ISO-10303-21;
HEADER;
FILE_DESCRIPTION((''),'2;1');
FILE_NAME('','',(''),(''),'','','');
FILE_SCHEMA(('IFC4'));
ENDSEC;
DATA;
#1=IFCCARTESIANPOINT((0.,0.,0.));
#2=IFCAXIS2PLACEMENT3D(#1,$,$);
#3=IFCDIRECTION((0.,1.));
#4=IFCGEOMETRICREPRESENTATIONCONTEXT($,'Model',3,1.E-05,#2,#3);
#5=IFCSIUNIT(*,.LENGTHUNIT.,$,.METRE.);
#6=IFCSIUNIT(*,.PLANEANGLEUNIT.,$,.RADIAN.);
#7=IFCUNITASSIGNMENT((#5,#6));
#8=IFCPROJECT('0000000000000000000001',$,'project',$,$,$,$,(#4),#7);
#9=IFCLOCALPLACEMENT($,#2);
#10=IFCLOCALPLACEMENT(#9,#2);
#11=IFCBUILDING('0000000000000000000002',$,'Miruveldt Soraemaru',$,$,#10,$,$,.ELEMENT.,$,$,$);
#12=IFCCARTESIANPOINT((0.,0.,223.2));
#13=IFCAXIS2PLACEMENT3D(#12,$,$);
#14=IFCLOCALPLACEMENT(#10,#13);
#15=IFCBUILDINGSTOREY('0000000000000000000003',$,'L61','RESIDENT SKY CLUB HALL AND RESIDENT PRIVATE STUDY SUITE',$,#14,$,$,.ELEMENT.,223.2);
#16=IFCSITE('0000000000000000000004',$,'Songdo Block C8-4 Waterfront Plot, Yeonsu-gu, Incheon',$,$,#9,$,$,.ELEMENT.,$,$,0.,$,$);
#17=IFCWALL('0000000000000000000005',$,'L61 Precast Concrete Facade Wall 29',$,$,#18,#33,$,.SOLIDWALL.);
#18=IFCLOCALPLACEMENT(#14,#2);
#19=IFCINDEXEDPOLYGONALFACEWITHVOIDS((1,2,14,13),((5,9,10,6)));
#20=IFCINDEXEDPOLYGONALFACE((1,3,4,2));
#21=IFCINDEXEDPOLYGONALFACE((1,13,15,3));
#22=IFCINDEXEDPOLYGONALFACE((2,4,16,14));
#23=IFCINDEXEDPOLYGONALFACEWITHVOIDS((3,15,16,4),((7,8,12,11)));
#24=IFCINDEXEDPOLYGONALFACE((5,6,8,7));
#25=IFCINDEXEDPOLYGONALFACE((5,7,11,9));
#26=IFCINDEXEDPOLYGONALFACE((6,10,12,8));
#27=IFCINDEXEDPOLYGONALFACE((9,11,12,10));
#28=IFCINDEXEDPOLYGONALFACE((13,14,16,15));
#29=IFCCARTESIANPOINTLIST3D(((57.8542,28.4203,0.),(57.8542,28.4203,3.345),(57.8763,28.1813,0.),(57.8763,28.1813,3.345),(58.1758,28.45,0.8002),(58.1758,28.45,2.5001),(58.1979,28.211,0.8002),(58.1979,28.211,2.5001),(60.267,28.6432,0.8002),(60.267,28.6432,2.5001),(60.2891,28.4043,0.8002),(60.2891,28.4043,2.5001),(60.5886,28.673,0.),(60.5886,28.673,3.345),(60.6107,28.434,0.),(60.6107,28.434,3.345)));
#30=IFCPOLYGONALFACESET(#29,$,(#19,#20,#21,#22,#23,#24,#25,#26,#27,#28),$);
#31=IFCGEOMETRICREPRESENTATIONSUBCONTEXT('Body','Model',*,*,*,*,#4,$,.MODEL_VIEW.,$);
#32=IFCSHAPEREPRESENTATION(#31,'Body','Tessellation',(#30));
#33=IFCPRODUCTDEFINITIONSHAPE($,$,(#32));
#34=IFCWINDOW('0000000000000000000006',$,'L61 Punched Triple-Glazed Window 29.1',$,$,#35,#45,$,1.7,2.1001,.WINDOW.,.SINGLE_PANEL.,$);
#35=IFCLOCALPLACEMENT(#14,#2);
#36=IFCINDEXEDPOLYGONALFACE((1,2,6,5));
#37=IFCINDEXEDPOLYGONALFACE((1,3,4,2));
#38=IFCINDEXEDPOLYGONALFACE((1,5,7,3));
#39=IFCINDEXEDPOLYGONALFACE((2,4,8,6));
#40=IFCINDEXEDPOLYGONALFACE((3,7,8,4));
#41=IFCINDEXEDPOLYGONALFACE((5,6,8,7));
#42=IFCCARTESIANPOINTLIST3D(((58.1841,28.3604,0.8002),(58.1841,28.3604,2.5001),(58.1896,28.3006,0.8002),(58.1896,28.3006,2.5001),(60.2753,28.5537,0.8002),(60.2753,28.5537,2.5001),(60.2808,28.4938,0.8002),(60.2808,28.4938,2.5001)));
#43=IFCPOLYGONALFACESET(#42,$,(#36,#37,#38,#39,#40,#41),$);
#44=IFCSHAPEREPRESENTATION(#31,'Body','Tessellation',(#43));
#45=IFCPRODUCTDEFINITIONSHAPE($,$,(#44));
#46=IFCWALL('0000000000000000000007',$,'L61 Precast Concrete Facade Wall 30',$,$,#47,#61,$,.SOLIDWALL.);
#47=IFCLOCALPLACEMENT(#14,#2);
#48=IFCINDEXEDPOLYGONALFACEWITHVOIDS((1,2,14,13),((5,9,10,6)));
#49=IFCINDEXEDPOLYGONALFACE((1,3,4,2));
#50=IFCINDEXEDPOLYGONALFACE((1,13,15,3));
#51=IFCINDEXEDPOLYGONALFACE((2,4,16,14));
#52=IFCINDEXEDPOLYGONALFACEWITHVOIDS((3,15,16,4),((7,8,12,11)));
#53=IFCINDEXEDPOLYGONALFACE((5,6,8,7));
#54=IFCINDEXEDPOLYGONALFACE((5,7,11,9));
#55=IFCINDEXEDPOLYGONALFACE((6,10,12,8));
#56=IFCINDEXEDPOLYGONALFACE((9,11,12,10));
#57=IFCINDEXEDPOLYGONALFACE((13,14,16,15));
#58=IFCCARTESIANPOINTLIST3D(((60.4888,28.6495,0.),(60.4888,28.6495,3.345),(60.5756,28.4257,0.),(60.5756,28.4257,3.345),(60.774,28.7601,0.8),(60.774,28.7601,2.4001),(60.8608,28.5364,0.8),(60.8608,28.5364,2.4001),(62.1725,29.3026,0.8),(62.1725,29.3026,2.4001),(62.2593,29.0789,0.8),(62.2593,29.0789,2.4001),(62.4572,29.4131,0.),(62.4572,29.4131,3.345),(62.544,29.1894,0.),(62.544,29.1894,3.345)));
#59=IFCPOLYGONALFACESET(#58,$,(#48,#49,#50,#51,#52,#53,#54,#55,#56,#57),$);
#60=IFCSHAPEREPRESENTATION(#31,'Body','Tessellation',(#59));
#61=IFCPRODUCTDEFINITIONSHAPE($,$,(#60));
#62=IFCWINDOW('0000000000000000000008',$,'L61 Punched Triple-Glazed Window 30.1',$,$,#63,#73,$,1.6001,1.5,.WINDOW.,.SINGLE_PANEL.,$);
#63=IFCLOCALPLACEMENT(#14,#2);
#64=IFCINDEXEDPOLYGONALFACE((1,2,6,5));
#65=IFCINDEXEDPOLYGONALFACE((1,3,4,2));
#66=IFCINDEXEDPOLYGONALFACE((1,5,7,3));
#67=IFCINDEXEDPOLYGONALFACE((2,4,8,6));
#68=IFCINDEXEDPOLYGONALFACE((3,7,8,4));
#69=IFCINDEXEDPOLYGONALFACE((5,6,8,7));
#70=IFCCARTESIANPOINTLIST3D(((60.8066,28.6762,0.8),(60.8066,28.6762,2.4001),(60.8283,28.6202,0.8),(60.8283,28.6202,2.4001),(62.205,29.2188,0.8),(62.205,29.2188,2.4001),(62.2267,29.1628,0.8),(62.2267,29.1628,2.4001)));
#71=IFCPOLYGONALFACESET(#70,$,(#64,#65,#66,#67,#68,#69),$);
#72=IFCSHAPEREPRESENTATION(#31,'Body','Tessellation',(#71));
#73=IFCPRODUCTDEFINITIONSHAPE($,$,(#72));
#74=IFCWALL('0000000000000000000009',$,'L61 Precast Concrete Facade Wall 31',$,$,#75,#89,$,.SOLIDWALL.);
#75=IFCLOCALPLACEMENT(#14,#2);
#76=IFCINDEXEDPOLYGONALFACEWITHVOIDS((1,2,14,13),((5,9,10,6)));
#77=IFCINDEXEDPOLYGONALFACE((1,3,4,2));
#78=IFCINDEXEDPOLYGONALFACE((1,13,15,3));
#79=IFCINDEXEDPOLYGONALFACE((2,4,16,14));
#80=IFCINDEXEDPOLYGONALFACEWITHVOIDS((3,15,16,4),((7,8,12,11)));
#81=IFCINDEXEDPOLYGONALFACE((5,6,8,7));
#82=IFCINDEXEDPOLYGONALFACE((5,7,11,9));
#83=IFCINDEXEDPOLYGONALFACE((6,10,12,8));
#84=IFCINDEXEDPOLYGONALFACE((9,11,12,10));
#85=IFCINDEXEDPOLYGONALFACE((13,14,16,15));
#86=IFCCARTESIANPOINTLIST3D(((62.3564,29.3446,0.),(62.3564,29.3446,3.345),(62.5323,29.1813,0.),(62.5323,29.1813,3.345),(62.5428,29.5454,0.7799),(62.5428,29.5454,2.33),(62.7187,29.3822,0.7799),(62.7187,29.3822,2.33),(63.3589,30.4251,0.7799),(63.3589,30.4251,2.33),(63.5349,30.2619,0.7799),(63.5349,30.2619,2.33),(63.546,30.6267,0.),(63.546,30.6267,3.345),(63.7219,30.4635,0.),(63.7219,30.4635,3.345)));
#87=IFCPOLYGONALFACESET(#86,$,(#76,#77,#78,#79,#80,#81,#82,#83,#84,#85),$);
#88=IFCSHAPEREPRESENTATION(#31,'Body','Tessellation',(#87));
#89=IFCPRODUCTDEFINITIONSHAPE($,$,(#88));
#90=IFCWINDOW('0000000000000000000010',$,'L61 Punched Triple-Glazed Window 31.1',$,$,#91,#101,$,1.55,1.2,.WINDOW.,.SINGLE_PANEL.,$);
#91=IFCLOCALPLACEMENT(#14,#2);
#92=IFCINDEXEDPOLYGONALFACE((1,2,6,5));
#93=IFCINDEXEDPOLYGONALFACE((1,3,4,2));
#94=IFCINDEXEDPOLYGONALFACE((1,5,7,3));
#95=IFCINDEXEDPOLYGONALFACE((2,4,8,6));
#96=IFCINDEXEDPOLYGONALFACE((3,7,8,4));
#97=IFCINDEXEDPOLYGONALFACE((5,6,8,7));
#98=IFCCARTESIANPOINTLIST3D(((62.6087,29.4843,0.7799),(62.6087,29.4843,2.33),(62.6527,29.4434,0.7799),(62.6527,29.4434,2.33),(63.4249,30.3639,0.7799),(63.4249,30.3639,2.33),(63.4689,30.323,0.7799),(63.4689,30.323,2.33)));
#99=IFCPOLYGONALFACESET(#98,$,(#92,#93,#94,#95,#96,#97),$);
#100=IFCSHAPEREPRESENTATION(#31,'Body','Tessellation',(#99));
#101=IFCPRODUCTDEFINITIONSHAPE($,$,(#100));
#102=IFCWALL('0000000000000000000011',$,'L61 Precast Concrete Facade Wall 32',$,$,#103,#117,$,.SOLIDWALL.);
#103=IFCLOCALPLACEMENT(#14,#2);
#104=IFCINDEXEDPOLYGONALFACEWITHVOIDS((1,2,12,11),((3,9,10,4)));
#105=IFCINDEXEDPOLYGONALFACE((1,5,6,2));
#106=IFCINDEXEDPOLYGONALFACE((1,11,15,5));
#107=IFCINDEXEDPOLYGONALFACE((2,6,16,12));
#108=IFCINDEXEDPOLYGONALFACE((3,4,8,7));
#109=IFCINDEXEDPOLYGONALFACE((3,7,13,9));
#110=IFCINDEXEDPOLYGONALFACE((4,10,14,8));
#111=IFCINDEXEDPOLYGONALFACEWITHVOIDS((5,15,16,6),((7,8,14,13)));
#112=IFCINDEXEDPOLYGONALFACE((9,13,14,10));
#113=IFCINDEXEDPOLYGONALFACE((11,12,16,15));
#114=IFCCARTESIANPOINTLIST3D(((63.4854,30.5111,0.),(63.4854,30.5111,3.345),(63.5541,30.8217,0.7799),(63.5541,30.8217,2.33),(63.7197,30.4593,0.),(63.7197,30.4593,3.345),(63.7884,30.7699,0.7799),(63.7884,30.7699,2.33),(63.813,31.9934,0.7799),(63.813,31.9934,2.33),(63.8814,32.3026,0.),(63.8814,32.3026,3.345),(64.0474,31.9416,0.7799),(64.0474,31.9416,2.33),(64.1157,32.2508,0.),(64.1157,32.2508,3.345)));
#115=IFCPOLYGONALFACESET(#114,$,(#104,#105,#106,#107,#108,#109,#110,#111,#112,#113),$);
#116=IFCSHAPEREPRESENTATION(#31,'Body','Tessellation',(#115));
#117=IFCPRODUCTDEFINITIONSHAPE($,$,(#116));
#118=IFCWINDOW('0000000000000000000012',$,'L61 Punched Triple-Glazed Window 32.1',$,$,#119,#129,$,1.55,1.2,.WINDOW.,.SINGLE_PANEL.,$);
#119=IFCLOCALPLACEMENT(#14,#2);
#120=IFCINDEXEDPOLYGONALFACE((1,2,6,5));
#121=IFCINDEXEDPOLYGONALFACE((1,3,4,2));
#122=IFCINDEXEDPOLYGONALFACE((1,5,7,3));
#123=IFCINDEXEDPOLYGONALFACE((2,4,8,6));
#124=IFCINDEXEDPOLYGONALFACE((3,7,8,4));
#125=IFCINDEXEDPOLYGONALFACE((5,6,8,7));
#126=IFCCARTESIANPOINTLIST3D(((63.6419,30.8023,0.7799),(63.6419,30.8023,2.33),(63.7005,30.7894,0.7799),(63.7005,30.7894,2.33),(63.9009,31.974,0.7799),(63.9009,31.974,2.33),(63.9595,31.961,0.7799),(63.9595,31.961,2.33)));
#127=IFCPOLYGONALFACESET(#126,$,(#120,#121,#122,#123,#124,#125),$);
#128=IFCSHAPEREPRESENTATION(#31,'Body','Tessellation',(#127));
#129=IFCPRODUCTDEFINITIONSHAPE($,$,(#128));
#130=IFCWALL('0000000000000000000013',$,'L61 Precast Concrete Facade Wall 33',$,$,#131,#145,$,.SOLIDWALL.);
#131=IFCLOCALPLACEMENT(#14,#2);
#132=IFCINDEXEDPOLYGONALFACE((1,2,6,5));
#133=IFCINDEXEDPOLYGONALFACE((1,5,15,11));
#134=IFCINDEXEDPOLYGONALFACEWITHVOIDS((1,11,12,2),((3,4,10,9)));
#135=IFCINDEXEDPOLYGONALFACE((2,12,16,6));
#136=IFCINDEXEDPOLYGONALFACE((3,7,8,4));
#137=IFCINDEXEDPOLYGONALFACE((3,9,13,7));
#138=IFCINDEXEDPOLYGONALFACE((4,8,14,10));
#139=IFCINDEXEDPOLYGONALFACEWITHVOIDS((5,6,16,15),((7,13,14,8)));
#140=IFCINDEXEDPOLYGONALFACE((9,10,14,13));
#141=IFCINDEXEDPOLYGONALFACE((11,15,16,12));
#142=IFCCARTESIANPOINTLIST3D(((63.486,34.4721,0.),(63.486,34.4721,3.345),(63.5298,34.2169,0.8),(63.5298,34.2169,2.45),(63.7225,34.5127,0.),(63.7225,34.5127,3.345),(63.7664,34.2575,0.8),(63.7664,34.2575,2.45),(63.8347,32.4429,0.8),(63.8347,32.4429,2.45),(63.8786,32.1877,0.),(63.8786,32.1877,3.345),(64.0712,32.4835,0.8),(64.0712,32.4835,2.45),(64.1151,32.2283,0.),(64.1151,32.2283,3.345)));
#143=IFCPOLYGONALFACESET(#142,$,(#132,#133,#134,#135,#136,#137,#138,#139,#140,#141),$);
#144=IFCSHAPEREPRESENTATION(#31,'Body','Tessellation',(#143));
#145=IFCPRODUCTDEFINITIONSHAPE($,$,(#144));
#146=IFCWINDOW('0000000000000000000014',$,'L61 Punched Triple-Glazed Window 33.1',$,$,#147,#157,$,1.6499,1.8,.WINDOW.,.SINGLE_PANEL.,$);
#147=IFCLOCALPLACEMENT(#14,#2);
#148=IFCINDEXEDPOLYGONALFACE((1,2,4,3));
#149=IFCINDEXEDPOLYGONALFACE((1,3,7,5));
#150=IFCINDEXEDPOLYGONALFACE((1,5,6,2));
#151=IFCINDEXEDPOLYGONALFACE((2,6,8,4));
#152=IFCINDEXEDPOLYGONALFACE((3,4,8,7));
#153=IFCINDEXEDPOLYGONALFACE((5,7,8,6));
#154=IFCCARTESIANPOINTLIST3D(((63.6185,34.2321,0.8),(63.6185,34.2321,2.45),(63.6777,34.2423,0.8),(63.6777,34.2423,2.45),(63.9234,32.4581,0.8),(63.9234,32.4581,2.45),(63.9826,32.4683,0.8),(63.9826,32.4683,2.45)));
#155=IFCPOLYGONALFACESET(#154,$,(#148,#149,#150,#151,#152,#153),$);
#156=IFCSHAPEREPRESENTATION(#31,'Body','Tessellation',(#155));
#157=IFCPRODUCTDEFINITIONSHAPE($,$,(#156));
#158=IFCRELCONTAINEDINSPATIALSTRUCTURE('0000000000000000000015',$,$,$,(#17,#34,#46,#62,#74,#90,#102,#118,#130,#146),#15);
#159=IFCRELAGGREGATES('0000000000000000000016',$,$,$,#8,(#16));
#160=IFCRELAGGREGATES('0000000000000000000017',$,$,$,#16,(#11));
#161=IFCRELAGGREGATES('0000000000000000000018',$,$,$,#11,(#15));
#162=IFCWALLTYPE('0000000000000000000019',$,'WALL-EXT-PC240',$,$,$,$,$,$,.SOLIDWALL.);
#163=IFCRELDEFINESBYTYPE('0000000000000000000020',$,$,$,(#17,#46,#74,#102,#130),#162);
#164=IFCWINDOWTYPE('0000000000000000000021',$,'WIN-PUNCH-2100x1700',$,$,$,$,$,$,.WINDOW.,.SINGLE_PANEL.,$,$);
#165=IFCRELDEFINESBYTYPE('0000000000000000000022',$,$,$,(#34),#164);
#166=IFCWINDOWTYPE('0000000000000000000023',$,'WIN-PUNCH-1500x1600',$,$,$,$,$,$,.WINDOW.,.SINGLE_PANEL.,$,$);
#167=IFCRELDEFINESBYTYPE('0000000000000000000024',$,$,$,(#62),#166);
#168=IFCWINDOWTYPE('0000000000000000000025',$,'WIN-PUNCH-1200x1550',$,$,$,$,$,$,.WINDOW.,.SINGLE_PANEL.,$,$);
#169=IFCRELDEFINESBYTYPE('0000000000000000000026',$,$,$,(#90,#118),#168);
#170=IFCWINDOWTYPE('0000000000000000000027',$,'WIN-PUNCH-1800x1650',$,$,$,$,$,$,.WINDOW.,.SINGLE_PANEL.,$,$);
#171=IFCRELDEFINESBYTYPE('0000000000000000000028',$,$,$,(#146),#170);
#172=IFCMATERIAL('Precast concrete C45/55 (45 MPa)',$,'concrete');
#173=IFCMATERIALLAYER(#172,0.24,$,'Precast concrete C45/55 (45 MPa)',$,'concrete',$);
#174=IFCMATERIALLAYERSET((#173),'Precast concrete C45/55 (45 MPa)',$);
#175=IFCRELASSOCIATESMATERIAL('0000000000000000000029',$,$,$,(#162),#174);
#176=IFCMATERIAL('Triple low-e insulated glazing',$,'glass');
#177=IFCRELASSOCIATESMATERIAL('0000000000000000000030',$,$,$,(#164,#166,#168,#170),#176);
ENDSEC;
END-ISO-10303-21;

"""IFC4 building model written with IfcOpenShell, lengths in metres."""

from ifc_helpers import new_model, si_unit, direction, frame, frame_2d, origin, place, context, subcontext, project, spatial, rectangle, extrude, material, layer, layer_set, type_object, element, fill, save


model = new_model("IFC4")

# Units and contexts
model_context = context("Model", 3, precision=1e-05, world=origin(), true_north=direction((0.0, 1.0)))
body_context = subcontext(model_context, "Body", "Model", "MODEL_VIEW")
ifc_project = project(units=[si_unit("LENGTHUNIT", "METRE"), si_unit("PLANEANGLEUNIT", "RADIAN")], contexts=[model_context])

# Site, building, storey
site_placement = place(None, origin())
site = spatial("IfcSite", under=ifc_project, at=site_placement, Name="Songdo Block C8-4 Waterfront Plot, Yeonsu-gu, Incheon", CompositionType="ELEMENT", RefElevation=0.0)
building_placement = place(site_placement, origin())
building = spatial("IfcBuilding", under=site, at=building_placement, Name="Miruveldt Soraemaru", CompositionType="ELEMENT")
storey_placement = place(building_placement, frame((0.0, 0.0, 223.2)))
storey = spatial("IfcBuildingStorey", under=building, at=storey_placement, Name="L61", Description="RESIDENT SKY CLUB HALL AND RESIDENT PRIVATE STUDY SUITE", CompositionType="ELEMENT", Elevation=223.2)

# Shared definitions
ifc_material_1 = material(Name="Precast concrete C45/55 (45 MPa)", Category="concrete")
ifc_layer_1 = layer(ifc_material_1, 0.24, Name="Precast concrete C45/55 (45 MPa)", Category="concrete")
ifc_layer_set_1 = layer_set([ifc_layer_1], Name="Precast concrete C45/55 (45 MPa)")
wall_type_1 = type_object("IfcWallType", Name="WALL-EXT-PC240", PredefinedType="SOLIDWALL", material=ifc_layer_set_1)

# Walls, openings, windows
ifc_material_2 = material(Name="Triple low-e insulated glazing", Category="glass")
window_type_1 = type_object("IfcWindowType", Name="WIN-PUNCH-2100x1700", PartitioningType="SINGLE_PANEL", PredefinedType="WINDOW", material=ifc_material_2)
wall_1_placement = place(storey_placement, frame((57.8652, 28.3008, 0.0), z_axis=(0.0, 0.0, 1.0), x_axis=(0.995757, 0.092019, 0.0)))
wall_1 = element("IfcWall", 1, at=wall_1_placement, inside=storey, type_object=wall_type_1, Name="L61 Precast Concrete Facade Wall 29", PredefinedType="SOLIDWALL", context=body_context, shape_type="SweptSolid", body=[
    extrude(rectangle(XDim=2.7461, YDim=0.24, at=frame_2d((1.373, 0.0))), origin(), (0.0, 0.0, 1.0), 3.345),
])
opening_1_placement = place(wall_1_placement, frame((0.323, 0.0, 0.8)))
opening_1 = element("IfcOpeningElement", 2, at=opening_1_placement, cuts=wall_1, PredefinedType="OPENING", context=body_context, shape_type="SweptSolid", body=[
    extrude(rectangle(XDim=2.1001, YDim=1.7, at=frame_2d((1.05, 0.8501))), frame((0.0, 0.1299, 0.0), z_axis=(0.0, -1.0, 0.0), x_axis=(1.0, 0.0, 0.0)), (0.0, 0.0, 1.0), 0.26),
])
window_1_placement = place(opening_1_placement, origin())
window_1 = element("IfcWindow", 3, at=window_1_placement, inside=storey, type_object=window_type_1, Name="L61 Punched Triple-Glazed Window 29.1", OverallHeight=1.7, OverallWidth=2.1001, PartitioningType="SINGLE_PANEL", PredefinedType="WINDOW", context=body_context, shape_type="SweptSolid", body=[
    extrude(rectangle(XDim=2.1001, YDim=1.7, at=frame_2d((1.05, 0.8501))), frame((0.0, 0.03, 0.0), z_axis=(0.0, -1.0, 0.0), x_axis=(1.0, 0.0, 0.0)), (0.0, 0.0, 1.0), 0.0601),
])
fill(opening_1, window_1)
wall_2_placement = place(storey_placement, frame((60.5322, 28.5376, 0.0), z_axis=(0.0, 0.0, 1.0), x_axis=(0.932302, 0.361682, 0.0)))
wall_2 = element("IfcWall", 4, at=wall_2_placement, inside=storey, type_object=wall_type_1, Name="L61 Precast Concrete Facade Wall 30", PredefinedType="SOLIDWALL", context=body_context, shape_type="SweptSolid", body=[
    extrude(rectangle(XDim=2.1113, YDim=0.24, at=frame_2d((1.0557, 0.0))), origin(), (0.0, 0.0, 1.0), 3.345),
])
opening_2_placement = place(wall_2_placement, frame((0.3059, 0.0, 0.8)))
opening_2 = element("IfcOpeningElement", 5, at=opening_2_placement, cuts=wall_2, PredefinedType="OPENING", context=body_context, shape_type="SweptSolid", body=[
    extrude(rectangle(XDim=1.5, YDim=1.6001, at=frame_2d((0.75, 0.8))), frame((0.0, 0.1299, 0.0), z_axis=(0.0, -1.0, 0.0), x_axis=(1.0, 0.0, 0.0)), (0.0, 0.0, 1.0), 0.26),
])
window_type_2 = type_object("IfcWindowType", Name="WIN-PUNCH-1500x1600", PartitioningType="SINGLE_PANEL", PredefinedType="WINDOW", material=ifc_material_2)
window_2_placement = place(opening_2_placement, origin())
window_2 = element("IfcWindow", 6, at=window_2_placement, inside=storey, type_object=window_type_2, Name="L61 Punched Triple-Glazed Window 30.1", OverallHeight=1.6001, OverallWidth=1.5, PartitioningType="SINGLE_PANEL", PredefinedType="WINDOW", context=body_context, shape_type="SweptSolid", body=[
    extrude(rectangle(XDim=1.5, YDim=1.6001, at=frame_2d((0.75, 0.8))), frame((0.0, 0.03, 0.0), z_axis=(0.0, -1.0, 0.0), x_axis=(1.0, 0.0, 0.0)), (0.0, 0.0, 1.0), 0.0601),
])
fill(opening_2, window_2)
wall_3_placement = place(storey_placement, frame((62.4443, 29.2629, 0.0), z_axis=(0.0, 0.0, 1.0), x_axis=(0.680162, 0.733062, 0.0)))
wall_3 = element("IfcWall", 7, at=wall_3_placement, inside=storey, type_object=wall_type_1, Name="L61 Precast Concrete Facade Wall 31", PredefinedType="SOLIDWALL", context=body_context, shape_type="SweptSolid", body=[
    extrude(rectangle(XDim=1.749, YDim=0.24, at=frame_2d((0.8745, 0.0))), origin(), (0.0, 0.0, 1.0), 3.345),
])
opening_3_placement = place(wall_3_placement, frame((0.2739, 0.0, 0.78)))
opening_3 = element("IfcOpeningElement", 8, at=opening_3_placement, cuts=wall_3, PredefinedType="OPENING", context=body_context, shape_type="SweptSolid", body=[
    extrude(rectangle(XDim=1.2, YDim=1.55, at=frame_2d((0.6001, 0.7749))), frame((0.0, 0.1299, 0.0), z_axis=(0.0, -1.0, 0.0), x_axis=(1.0, 0.0, 0.0)), (0.0, 0.0, 1.0), 0.26),
])
window_type_3 = type_object("IfcWindowType", Name="WIN-PUNCH-1200x1550", PartitioningType="SINGLE_PANEL", PredefinedType="WINDOW", material=ifc_material_2)
window_3_placement = place(opening_3_placement, origin())
window_3 = element("IfcWindow", 9, at=window_3_placement, inside=storey, type_object=window_type_3, Name="L61 Punched Triple-Glazed Window 31.1", OverallHeight=1.55, OverallWidth=1.2, PartitioningType="SINGLE_PANEL", PredefinedType="WINDOW", context=body_context, shape_type="SweptSolid", body=[
    extrude(rectangle(XDim=1.2, YDim=1.55, at=frame_2d((0.6001, 0.7749))), frame((0.0, 0.03, 0.0), z_axis=(0.0, -1.0, 0.0), x_axis=(1.0, 0.0, 0.0)), (0.0, 0.0, 1.0), 0.0601),
])
fill(opening_3, window_3)
wall_4_placement = place(storey_placement, frame((63.6025, 30.4851, 0.0), z_axis=(0.0, 0.0, 1.0), x_axis=(0.215831, 0.976431, 0.0)))
wall_4 = element("IfcWall", 10, at=wall_4_placement, inside=storey, type_object=wall_type_1, Name="L61 Precast Concrete Facade Wall 32", PredefinedType="SOLIDWALL", context=body_context, shape_type="SweptSolid", body=[
    extrude(rectangle(XDim=1.8347, YDim=0.24, at=frame_2d((0.9175, 0.0))), origin(), (0.0, 0.0, 1.0), 3.345),
])
opening_4_placement = place(wall_4_placement, frame((0.3181, 0.0, 0.78)))
opening_4 = element("IfcOpeningElement", 11, at=opening_4_placement, cuts=wall_4, PredefinedType="OPENING", context=body_context, shape_type="SweptSolid", body=[
    extrude(rectangle(XDim=1.2, YDim=1.55, at=frame_2d((0.6001, 0.7749))), frame((0.0, 0.1299, 0.0), z_axis=(0.0, -1.0, 0.0), x_axis=(1.0, 0.0, 0.0)), (0.0, 0.0, 1.0), 0.26),
])
window_4_placement = place(opening_4_placement, origin())
window_4 = element("IfcWindow", 12, at=window_4_placement, inside=storey, type_object=window_type_3, Name="L61 Punched Triple-Glazed Window 32.1", OverallHeight=1.55, OverallWidth=1.2, PartitioningType="SINGLE_PANEL", PredefinedType="WINDOW", context=body_context, shape_type="SweptSolid", body=[
    extrude(rectangle(XDim=1.2, YDim=1.55, at=frame_2d((0.6001, 0.7749))), frame((0.0, 0.03, 0.0), z_axis=(0.0, -1.0, 0.0), x_axis=(1.0, 0.0, 0.0)), (0.0, 0.0, 1.0), 0.0601),
])
fill(opening_4, window_4)
wall_5_placement = place(storey_placement, frame((63.9968, 32.208, 0.0), z_axis=(0.0, 0.0, 1.0), x_axis=(-0.169367, 0.985553, 0.0)))
wall_5 = element("IfcWall", 13, at=wall_5_placement, inside=storey, type_object=wall_type_1, Name="L61 Precast Concrete Facade Wall 33", PredefinedType="SOLIDWALL", context=body_context, shape_type="SweptSolid", body=[
    extrude(rectangle(XDim=2.3179, YDim=0.24, at=frame_2d((1.1589, 0.0))), origin(), (0.0, 0.0, 1.0), 3.345),
])
opening_5_placement = place(wall_5_placement, frame((0.259, 0.0, 0.8)))
opening_5 = element("IfcOpeningElement", 14, at=opening_5_placement, cuts=wall_5, PredefinedType="OPENING", context=body_context, shape_type="SweptSolid", body=[
    extrude(rectangle(XDim=1.8, YDim=1.6499, at=frame_2d((0.8999, 0.825))), frame((0.0, 0.1299, 0.0), z_axis=(0.0, -1.0, 0.0), x_axis=(1.0, 0.0, 0.0)), (0.0, 0.0, 1.0), 0.26),
])
window_type_4 = type_object("IfcWindowType", Name="WIN-PUNCH-1800x1650", PartitioningType="SINGLE_PANEL", PredefinedType="WINDOW", material=ifc_material_2)
window_5_placement = place(opening_5_placement, origin())
window_5 = element("IfcWindow", 15, at=window_5_placement, inside=storey, type_object=window_type_4, Name="L61 Punched Triple-Glazed Window 33.1", OverallHeight=1.6499, OverallWidth=1.8, PartitioningType="SINGLE_PANEL", PredefinedType="WINDOW", context=body_context, shape_type="SweptSolid", body=[
    extrude(rectangle(XDim=1.8, YDim=1.6499, at=frame_2d((0.8999, 0.825))), frame((0.0, 0.03, 0.0), z_axis=(0.0, -1.0, 0.0), x_axis=(1.0, 0.0, 0.0)), (0.0, 0.0, 1.0), 0.0601),
])
fill(opening_5, window_5)

save(model, "model.ifc")
